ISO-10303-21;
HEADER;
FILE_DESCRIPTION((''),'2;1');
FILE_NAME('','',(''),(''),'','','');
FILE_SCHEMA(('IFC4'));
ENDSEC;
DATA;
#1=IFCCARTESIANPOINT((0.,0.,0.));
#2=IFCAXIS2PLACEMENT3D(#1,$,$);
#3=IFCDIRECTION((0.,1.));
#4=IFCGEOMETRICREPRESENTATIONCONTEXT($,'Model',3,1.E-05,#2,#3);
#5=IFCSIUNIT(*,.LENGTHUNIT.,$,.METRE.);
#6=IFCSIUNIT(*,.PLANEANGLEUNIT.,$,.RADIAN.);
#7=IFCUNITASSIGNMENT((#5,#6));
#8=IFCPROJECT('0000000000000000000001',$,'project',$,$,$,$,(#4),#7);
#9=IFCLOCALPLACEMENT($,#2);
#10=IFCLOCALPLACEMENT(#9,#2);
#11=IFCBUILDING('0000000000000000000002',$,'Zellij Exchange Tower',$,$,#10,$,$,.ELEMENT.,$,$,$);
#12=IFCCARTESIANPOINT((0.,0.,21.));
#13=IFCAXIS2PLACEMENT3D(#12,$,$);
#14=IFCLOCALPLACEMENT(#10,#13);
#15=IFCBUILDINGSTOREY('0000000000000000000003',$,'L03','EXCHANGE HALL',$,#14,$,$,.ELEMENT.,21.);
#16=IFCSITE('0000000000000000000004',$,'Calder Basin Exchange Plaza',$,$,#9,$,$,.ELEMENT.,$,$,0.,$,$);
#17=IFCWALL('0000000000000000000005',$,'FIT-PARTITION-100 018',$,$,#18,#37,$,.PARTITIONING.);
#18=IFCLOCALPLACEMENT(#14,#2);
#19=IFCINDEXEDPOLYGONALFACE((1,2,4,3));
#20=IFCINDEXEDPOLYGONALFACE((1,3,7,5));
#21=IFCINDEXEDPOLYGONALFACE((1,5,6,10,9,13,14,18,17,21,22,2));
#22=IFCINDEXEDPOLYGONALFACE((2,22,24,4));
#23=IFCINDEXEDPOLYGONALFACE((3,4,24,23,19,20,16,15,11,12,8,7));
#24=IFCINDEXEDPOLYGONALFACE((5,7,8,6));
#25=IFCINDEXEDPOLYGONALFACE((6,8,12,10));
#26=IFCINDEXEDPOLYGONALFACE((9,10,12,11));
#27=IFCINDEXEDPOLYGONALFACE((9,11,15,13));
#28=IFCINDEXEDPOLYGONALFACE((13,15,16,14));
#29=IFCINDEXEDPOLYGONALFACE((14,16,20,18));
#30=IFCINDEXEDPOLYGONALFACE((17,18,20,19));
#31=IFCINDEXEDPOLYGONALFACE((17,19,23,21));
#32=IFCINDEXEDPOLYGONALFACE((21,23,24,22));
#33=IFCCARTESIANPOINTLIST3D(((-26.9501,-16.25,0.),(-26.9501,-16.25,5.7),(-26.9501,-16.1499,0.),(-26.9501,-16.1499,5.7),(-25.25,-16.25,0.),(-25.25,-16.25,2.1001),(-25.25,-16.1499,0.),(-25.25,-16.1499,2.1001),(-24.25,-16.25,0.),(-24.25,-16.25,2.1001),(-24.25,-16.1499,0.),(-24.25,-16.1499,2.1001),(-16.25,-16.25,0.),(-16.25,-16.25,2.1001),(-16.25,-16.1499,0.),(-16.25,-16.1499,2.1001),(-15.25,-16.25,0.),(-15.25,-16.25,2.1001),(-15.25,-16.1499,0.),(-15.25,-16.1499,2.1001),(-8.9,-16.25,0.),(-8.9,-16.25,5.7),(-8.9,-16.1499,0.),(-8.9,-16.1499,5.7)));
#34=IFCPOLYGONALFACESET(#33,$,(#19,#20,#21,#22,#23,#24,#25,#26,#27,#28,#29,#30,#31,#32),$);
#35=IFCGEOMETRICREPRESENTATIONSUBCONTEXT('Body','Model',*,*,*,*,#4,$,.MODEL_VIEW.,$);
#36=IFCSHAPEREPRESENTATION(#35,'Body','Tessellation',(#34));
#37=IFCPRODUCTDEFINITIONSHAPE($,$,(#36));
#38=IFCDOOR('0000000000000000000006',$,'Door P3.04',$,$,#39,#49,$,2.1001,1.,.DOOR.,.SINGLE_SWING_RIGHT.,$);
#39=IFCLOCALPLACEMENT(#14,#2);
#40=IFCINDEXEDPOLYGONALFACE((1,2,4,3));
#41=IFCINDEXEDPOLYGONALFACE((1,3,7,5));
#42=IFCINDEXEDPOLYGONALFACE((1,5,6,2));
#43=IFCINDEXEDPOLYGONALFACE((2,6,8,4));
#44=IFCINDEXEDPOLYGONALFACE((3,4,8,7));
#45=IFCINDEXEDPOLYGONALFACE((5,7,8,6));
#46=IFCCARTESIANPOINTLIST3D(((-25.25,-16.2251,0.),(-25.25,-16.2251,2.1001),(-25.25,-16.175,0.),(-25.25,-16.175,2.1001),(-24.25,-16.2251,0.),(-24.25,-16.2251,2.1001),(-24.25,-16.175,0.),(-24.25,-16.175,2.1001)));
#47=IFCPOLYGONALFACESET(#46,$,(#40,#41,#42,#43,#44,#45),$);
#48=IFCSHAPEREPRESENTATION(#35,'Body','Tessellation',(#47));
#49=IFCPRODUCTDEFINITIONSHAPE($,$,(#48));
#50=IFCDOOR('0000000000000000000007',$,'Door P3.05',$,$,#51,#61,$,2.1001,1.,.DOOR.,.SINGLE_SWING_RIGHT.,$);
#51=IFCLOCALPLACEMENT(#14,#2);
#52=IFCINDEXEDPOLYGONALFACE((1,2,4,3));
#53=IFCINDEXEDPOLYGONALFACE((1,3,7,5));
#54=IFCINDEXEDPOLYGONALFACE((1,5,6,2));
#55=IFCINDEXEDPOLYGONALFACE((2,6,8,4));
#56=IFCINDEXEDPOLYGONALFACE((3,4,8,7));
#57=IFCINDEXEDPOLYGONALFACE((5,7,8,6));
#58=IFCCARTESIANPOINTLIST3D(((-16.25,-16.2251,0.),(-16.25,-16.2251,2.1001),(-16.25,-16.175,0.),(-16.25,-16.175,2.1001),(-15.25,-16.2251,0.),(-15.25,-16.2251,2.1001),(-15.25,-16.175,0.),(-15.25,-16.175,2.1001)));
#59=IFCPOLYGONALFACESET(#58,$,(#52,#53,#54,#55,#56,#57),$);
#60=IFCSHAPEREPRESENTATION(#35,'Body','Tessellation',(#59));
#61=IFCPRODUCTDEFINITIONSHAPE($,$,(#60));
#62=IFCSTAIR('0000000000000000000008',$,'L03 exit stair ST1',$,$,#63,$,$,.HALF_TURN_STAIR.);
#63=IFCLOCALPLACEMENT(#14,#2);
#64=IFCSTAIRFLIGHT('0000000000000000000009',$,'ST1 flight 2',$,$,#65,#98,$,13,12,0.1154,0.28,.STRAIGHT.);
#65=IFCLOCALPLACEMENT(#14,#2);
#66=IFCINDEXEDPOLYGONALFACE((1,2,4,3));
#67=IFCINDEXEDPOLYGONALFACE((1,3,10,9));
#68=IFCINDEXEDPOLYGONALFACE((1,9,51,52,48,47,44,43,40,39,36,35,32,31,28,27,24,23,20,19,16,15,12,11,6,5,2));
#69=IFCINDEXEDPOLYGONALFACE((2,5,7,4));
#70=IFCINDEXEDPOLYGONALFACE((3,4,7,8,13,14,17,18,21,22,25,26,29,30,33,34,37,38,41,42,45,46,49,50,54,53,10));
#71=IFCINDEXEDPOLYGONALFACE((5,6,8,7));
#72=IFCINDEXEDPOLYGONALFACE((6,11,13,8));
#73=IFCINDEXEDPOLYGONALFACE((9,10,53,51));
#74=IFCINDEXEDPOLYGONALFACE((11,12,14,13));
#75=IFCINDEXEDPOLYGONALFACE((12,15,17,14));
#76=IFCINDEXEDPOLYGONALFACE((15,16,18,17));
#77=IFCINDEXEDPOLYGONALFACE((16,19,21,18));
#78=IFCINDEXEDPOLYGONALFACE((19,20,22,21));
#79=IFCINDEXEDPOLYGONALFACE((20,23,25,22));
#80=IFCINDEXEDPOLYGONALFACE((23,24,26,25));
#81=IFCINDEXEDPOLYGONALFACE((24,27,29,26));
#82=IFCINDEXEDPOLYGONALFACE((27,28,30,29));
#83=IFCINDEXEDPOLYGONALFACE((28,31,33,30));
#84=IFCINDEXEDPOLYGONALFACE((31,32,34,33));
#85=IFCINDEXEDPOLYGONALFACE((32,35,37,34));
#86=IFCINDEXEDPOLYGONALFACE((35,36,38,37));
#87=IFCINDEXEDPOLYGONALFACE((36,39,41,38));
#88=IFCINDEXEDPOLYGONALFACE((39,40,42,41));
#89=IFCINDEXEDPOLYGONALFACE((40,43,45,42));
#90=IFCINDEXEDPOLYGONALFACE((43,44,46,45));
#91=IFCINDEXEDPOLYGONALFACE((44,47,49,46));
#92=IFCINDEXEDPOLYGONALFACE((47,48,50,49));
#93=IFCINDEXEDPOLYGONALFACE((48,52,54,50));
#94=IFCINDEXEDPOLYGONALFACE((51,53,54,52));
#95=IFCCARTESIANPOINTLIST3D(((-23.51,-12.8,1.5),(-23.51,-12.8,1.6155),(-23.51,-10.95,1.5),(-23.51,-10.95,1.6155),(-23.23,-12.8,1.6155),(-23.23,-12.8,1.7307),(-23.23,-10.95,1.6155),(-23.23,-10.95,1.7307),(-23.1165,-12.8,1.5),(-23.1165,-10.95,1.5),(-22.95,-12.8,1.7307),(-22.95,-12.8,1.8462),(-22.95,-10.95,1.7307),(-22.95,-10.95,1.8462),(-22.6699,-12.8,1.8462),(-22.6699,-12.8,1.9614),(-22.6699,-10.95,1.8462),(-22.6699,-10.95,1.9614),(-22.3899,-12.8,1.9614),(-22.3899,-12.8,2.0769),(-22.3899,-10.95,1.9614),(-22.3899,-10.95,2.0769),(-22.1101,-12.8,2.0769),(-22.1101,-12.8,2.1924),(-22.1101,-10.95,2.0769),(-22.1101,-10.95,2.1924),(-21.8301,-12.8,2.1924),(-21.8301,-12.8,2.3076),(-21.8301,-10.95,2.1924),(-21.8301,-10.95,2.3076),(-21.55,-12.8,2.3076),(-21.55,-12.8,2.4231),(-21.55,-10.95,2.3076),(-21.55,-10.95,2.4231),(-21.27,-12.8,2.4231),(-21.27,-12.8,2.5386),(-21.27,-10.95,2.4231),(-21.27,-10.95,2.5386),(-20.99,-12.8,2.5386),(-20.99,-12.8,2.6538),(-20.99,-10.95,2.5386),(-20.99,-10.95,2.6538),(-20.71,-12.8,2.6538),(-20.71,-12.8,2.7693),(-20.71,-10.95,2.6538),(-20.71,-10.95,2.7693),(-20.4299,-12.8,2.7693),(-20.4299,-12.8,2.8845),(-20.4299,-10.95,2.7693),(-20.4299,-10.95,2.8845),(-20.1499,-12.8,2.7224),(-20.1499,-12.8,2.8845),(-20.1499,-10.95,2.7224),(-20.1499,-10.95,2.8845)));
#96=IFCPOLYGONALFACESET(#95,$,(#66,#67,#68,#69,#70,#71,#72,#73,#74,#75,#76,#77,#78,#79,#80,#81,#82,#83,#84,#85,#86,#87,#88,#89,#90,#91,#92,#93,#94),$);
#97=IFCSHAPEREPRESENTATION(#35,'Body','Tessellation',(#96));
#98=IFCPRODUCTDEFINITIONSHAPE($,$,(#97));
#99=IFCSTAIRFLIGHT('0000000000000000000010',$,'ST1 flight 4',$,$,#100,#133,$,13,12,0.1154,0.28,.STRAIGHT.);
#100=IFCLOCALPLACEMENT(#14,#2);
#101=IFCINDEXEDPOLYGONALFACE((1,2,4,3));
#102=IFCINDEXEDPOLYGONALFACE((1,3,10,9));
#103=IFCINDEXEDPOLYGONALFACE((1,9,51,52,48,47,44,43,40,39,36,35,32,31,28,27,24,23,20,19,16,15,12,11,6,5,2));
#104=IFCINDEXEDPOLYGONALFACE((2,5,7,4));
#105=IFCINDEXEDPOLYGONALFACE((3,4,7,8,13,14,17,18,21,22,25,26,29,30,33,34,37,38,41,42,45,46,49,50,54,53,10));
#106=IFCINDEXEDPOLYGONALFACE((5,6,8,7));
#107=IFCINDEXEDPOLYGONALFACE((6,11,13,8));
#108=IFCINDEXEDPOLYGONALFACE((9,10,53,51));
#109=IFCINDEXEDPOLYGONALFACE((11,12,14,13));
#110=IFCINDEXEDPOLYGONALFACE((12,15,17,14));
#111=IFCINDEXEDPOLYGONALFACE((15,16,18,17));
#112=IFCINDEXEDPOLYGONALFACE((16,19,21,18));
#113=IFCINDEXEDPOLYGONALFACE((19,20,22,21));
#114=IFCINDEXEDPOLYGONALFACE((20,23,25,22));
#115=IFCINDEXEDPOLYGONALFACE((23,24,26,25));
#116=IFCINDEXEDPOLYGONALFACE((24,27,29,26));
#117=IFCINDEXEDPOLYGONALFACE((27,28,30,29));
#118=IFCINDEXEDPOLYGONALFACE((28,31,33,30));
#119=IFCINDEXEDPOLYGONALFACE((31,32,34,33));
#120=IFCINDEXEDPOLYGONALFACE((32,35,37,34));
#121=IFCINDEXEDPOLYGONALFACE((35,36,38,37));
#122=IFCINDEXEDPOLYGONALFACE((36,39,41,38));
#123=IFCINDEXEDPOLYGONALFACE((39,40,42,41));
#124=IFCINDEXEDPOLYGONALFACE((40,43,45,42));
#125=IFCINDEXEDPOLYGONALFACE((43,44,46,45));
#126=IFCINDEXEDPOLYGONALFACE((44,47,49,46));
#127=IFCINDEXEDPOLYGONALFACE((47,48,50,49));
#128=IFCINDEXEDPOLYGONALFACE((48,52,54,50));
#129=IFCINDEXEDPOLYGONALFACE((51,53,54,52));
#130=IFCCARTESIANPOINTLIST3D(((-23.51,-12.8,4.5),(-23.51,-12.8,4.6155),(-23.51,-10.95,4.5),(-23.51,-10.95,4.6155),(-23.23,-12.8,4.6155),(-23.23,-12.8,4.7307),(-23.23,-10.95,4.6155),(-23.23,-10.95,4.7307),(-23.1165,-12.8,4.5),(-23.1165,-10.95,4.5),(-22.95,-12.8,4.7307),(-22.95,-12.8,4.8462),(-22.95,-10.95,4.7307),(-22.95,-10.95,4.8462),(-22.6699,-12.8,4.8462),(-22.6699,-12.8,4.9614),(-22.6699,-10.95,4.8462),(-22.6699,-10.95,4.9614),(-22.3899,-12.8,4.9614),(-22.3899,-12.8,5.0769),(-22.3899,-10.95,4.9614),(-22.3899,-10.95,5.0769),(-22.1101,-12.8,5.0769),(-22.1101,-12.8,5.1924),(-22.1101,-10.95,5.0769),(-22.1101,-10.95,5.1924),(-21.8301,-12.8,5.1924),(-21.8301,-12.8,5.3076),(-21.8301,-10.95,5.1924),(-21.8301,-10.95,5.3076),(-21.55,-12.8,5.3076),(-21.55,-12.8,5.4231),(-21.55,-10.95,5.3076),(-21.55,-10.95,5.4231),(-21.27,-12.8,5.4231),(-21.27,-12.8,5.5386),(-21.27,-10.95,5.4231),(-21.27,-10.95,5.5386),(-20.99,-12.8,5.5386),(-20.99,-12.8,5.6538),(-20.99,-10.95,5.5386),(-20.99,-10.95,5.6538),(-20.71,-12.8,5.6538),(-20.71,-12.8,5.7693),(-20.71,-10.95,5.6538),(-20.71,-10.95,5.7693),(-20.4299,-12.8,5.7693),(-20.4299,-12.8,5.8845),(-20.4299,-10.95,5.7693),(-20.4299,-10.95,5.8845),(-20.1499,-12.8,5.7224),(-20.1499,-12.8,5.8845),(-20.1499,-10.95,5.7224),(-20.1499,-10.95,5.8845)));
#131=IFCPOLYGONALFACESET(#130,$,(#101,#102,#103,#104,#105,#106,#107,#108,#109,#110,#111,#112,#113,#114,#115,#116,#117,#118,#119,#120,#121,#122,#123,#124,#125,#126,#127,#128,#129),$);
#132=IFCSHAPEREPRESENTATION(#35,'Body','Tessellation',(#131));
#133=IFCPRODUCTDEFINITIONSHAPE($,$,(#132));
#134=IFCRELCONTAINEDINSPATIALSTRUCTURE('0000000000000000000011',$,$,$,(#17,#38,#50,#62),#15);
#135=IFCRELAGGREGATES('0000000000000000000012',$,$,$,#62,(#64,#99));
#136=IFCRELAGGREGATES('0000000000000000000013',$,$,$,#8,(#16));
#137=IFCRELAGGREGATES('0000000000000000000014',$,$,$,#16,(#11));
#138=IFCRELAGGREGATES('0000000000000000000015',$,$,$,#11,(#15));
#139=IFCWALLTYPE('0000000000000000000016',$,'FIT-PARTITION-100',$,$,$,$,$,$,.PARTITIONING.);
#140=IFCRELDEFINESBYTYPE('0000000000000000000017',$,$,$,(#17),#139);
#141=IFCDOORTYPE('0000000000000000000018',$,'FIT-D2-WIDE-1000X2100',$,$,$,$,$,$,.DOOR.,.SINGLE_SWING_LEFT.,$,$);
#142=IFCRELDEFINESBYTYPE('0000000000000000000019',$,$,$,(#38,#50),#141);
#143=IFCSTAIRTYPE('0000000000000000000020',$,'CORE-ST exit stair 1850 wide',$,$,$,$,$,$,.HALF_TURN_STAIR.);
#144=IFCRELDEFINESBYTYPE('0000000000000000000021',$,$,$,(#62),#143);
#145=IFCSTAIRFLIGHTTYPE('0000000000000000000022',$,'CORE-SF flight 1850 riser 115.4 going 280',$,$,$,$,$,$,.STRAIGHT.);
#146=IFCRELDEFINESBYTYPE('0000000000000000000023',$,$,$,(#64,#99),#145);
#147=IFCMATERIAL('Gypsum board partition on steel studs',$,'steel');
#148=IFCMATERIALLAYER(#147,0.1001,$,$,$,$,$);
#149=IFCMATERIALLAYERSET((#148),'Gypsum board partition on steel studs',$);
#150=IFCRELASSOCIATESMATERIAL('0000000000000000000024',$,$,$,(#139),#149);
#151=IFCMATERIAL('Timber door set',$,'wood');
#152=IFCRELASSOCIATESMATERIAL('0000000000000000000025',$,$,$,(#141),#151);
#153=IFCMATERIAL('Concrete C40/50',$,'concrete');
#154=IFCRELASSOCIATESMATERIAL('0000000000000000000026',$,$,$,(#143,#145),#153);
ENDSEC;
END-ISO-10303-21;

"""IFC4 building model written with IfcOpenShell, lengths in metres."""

from ifc_helpers import new_model, si_unit, direction, frame, frame_2d, origin, place, context, subcontext, project, spatial, polyline, rectangle, outline, extrude, material, layer, layer_set, type_object, element, fill, aggregate, save


model = new_model("IFC4")

# Units and contexts
model_context = context("Model", 3, precision=1e-05, world=origin(), true_north=direction((0.0, 1.0)))
body_context = subcontext(model_context, "Body", "Model", "MODEL_VIEW")
ifc_project = project(units=[si_unit("LENGTHUNIT", "METRE"), si_unit("PLANEANGLEUNIT", "RADIAN")], contexts=[model_context])

# Site, building, storey
site_placement = place(None, origin())
site = spatial("IfcSite", under=ifc_project, at=site_placement, Name="Calder Basin Exchange Plaza", CompositionType="ELEMENT", RefElevation=0.0)
building_placement = place(site_placement, origin())
building = spatial("IfcBuilding", under=site, at=building_placement, Name="Zellij Exchange Tower", CompositionType="ELEMENT")
storey_placement = place(building_placement, frame((0.0, 0.0, 21.0)))
storey = spatial("IfcBuildingStorey", under=building, at=storey_placement, Name="L03", Description="EXCHANGE HALL", CompositionType="ELEMENT", Elevation=21.0)

# Shared definitions
ifc_material_1 = material(Name="Gypsum board partition on steel studs", Category="steel")
ifc_layer_1 = layer(ifc_material_1, 0.1001)
ifc_layer_set_1 = layer_set([ifc_layer_1], Name="Gypsum board partition on steel studs")
wall_type_1 = type_object("IfcWallType", Name="FIT-PARTITION-100", PredefinedType="PARTITIONING", material=ifc_layer_set_1)

# Wall, openings, doors
wall_1_placement = place(storey_placement, frame((-26.95, -16.2, 0.0), z_axis=(0.0, 0.0, 1.0), x_axis=(1.0, 0.0, 0.0)))
wall_1 = element("IfcWall", 1, at=wall_1_placement, inside=storey, type_object=wall_type_1, Name="FIT-PARTITION-100 018", PredefinedType="PARTITIONING", context=body_context, shape_type="SweptSolid", body=[
    extrude(rectangle(XDim=18.05, YDim=0.1001, at=frame_2d((9.0249, 0.0))), origin(), (0.0, 0.0, 1.0), 5.7),
])
opening_1_placement = place(wall_1_placement, frame((1.7, 0.0, 0.0)))
opening_1 = element("IfcOpeningElement", 2, at=opening_1_placement, cuts=wall_1, PredefinedType="OPENING", context=body_context, shape_type="SweptSolid", body=[
    extrude(rectangle(XDim=1.0, YDim=2.1001, at=frame_2d((0.5, 1.05))), frame((0.0, 0.062, 0.0), z_axis=(0.0, -1.0, 0.0), x_axis=(1.0, 0.0, 0.0)), (0.0, 0.0, 1.0), 0.124),
])
opening_2_placement = place(wall_1_placement, frame((10.7, 0.0, 0.0)))
opening_2 = element("IfcOpeningElement", 3, at=opening_2_placement, cuts=wall_1, PredefinedType="OPENING", context=body_context, shape_type="SweptSolid", body=[
    extrude(rectangle(XDim=1.0, YDim=2.1001, at=frame_2d((0.5, 1.05))), frame((0.0, 0.062, 0.0), z_axis=(0.0, -1.0, 0.0), x_axis=(1.0, 0.0, 0.0)), (0.0, 0.0, 1.0), 0.124),
])
ifc_material_2 = material(Name="Timber door set", Category="wood")
door_type_1 = type_object("IfcDoorType", Name="FIT-D2-WIDE-1000X2100", OperationType="SINGLE_SWING_LEFT", PredefinedType="DOOR", material=ifc_material_2)
door_1_placement = place(opening_1_placement, origin())
door_1 = element("IfcDoor", 4, at=door_1_placement, inside=storey, type_object=door_type_1, Name="Door P3.04", OperationType="SINGLE_SWING_RIGHT", OverallHeight=2.1001, OverallWidth=1.0, PredefinedType="DOOR", context=body_context, shape_type="SweptSolid", body=[
    extrude(rectangle(XDim=1.0, YDim=2.1001, at=frame_2d((0.5, 1.05))), frame((0.0, 0.0249, 0.0), z_axis=(0.0, -1.0, 0.0), x_axis=(1.0, 0.0, 0.0)), (0.0, 0.0, 1.0), 0.05),
])
fill(opening_1, door_1)
door_2_placement = place(opening_2_placement, origin())
door_2 = element("IfcDoor", 5, at=door_2_placement, inside=storey, type_object=door_type_1, Name="Door P3.05", OperationType="SINGLE_SWING_RIGHT", OverallHeight=2.1001, OverallWidth=1.0, PredefinedType="DOOR", context=body_context, shape_type="SweptSolid", body=[
    extrude(rectangle(XDim=1.0, YDim=2.1001, at=frame_2d((0.5, 1.05))), frame((0.0, 0.0249, 0.0), z_axis=(0.0, -1.0, 0.0), x_axis=(1.0, 0.0, 0.0)), (0.0, 0.0, 1.0), 0.05),
])
fill(opening_2, door_2)

# Stair, stair flights
ifc_material_3 = material(Name="Concrete C40/50", Category="concrete")
stair_type = type_object("IfcStairType", Name="CORE-ST exit stair 1850 wide", PredefinedType="HALF_TURN_STAIR", material=ifc_material_3)
stair_placement = place(storey_placement, origin())
stair = element("IfcStair", 6, at=stair_placement, inside=storey, type_object=stair_type, Name="L03 exit stair ST1", PredefinedType="HALF_TURN_STAIR")
stair_flight_type = type_object("IfcStairFlightType", Name="CORE-SF flight 1850 riser 115.4 going 280", PredefinedType="STRAIGHT", material=ifc_material_3)
stair_flight_1_placement = place(storey_placement, frame((-23.51, -11.875, 1.5), z_axis=(0.0, 0.0, 1.0), x_axis=(1.0, 0.0, 0.0)))
stair_flight_1 = element("IfcStairFlight", 7, at=stair_flight_1_placement, type_object=stair_flight_type, Name="ST1 flight 2", NumberOfRisers=13, NumberOfTreads=12, PredefinedType="STRAIGHT", RiserHeight=0.1154, TreadLength=0.28, context=body_context, shape_type="SweptSolid", body=[
    extrude(outline(polyline([(0.0, 0.0), (0.0, 0.1155), (0.28, 0.1155), (0.28, 0.2307), (0.5601, 0.2307), (0.5601, 0.3462), (0.8401, 0.3462), (0.8401, 0.4614), (1.1201, 0.4614), (1.1201, 0.5769), (1.3999, 0.5769), (1.3999, 0.6924), (1.6799, 0.6924), (1.6799, 0.8076), (1.96, 0.8076), (1.96, 0.9231), (2.24, 0.9231), (2.24, 1.0386), (2.52, 1.0386), (2.52, 1.1538), (2.8, 1.1538), (2.8, 1.2693), (3.0801, 1.2693), (3.0801, 1.3845), (3.3601, 1.3845), (3.3601, 1.5), (3.3601, 1.2224), (0.3936, 0.0), (0.0, 0.0)])), frame((0.0, 0.925, 0.0), z_axis=(0.0, -1.0, 0.0), x_axis=(1.0, 0.0, 0.0)), (0.0, 0.0, 1.0), 1.8501),
])
stair_flight_2_placement = place(storey_placement, frame((-23.51, -11.875, 4.5), z_axis=(0.0, 0.0, 1.0), x_axis=(1.0, 0.0, 0.0)))
stair_flight_2 = element("IfcStairFlight", 8, at=stair_flight_2_placement, type_object=stair_flight_type, Name="ST1 flight 4", NumberOfRisers=13, NumberOfTreads=12, PredefinedType="STRAIGHT", RiserHeight=0.1154, TreadLength=0.28, context=body_context, shape_type="SweptSolid", body=[
    extrude(outline(polyline([(0.0, 0.0), (0.0, 0.1155), (0.28, 0.1155), (0.28, 0.2307), (0.5601, 0.2307), (0.5601, 0.3462), (0.8401, 0.3462), (0.8401, 0.4614), (1.1201, 0.4614), (1.1201, 0.5769), (1.3999, 0.5769), (1.3999, 0.6924), (1.6799, 0.6924), (1.6799, 0.8076), (1.96, 0.8076), (1.96, 0.9231), (2.24, 0.9231), (2.24, 1.0386), (2.52, 1.0386), (2.52, 1.1538), (2.8, 1.1538), (2.8, 1.2693), (3.0801, 1.2693), (3.0801, 1.3845), (3.3601, 1.3845), (3.3601, 1.5), (3.3601, 1.2224), (0.3936, 0.0), (0.0, 0.0)])), frame((0.0, 0.925, 0.0), z_axis=(0.0, -1.0, 0.0), x_axis=(1.0, 0.0, 0.0)), (0.0, 0.0, 1.0), 1.8501),
])
aggregate(stair, [stair_flight_1, stair_flight_2])

save(model, "model.ifc")
